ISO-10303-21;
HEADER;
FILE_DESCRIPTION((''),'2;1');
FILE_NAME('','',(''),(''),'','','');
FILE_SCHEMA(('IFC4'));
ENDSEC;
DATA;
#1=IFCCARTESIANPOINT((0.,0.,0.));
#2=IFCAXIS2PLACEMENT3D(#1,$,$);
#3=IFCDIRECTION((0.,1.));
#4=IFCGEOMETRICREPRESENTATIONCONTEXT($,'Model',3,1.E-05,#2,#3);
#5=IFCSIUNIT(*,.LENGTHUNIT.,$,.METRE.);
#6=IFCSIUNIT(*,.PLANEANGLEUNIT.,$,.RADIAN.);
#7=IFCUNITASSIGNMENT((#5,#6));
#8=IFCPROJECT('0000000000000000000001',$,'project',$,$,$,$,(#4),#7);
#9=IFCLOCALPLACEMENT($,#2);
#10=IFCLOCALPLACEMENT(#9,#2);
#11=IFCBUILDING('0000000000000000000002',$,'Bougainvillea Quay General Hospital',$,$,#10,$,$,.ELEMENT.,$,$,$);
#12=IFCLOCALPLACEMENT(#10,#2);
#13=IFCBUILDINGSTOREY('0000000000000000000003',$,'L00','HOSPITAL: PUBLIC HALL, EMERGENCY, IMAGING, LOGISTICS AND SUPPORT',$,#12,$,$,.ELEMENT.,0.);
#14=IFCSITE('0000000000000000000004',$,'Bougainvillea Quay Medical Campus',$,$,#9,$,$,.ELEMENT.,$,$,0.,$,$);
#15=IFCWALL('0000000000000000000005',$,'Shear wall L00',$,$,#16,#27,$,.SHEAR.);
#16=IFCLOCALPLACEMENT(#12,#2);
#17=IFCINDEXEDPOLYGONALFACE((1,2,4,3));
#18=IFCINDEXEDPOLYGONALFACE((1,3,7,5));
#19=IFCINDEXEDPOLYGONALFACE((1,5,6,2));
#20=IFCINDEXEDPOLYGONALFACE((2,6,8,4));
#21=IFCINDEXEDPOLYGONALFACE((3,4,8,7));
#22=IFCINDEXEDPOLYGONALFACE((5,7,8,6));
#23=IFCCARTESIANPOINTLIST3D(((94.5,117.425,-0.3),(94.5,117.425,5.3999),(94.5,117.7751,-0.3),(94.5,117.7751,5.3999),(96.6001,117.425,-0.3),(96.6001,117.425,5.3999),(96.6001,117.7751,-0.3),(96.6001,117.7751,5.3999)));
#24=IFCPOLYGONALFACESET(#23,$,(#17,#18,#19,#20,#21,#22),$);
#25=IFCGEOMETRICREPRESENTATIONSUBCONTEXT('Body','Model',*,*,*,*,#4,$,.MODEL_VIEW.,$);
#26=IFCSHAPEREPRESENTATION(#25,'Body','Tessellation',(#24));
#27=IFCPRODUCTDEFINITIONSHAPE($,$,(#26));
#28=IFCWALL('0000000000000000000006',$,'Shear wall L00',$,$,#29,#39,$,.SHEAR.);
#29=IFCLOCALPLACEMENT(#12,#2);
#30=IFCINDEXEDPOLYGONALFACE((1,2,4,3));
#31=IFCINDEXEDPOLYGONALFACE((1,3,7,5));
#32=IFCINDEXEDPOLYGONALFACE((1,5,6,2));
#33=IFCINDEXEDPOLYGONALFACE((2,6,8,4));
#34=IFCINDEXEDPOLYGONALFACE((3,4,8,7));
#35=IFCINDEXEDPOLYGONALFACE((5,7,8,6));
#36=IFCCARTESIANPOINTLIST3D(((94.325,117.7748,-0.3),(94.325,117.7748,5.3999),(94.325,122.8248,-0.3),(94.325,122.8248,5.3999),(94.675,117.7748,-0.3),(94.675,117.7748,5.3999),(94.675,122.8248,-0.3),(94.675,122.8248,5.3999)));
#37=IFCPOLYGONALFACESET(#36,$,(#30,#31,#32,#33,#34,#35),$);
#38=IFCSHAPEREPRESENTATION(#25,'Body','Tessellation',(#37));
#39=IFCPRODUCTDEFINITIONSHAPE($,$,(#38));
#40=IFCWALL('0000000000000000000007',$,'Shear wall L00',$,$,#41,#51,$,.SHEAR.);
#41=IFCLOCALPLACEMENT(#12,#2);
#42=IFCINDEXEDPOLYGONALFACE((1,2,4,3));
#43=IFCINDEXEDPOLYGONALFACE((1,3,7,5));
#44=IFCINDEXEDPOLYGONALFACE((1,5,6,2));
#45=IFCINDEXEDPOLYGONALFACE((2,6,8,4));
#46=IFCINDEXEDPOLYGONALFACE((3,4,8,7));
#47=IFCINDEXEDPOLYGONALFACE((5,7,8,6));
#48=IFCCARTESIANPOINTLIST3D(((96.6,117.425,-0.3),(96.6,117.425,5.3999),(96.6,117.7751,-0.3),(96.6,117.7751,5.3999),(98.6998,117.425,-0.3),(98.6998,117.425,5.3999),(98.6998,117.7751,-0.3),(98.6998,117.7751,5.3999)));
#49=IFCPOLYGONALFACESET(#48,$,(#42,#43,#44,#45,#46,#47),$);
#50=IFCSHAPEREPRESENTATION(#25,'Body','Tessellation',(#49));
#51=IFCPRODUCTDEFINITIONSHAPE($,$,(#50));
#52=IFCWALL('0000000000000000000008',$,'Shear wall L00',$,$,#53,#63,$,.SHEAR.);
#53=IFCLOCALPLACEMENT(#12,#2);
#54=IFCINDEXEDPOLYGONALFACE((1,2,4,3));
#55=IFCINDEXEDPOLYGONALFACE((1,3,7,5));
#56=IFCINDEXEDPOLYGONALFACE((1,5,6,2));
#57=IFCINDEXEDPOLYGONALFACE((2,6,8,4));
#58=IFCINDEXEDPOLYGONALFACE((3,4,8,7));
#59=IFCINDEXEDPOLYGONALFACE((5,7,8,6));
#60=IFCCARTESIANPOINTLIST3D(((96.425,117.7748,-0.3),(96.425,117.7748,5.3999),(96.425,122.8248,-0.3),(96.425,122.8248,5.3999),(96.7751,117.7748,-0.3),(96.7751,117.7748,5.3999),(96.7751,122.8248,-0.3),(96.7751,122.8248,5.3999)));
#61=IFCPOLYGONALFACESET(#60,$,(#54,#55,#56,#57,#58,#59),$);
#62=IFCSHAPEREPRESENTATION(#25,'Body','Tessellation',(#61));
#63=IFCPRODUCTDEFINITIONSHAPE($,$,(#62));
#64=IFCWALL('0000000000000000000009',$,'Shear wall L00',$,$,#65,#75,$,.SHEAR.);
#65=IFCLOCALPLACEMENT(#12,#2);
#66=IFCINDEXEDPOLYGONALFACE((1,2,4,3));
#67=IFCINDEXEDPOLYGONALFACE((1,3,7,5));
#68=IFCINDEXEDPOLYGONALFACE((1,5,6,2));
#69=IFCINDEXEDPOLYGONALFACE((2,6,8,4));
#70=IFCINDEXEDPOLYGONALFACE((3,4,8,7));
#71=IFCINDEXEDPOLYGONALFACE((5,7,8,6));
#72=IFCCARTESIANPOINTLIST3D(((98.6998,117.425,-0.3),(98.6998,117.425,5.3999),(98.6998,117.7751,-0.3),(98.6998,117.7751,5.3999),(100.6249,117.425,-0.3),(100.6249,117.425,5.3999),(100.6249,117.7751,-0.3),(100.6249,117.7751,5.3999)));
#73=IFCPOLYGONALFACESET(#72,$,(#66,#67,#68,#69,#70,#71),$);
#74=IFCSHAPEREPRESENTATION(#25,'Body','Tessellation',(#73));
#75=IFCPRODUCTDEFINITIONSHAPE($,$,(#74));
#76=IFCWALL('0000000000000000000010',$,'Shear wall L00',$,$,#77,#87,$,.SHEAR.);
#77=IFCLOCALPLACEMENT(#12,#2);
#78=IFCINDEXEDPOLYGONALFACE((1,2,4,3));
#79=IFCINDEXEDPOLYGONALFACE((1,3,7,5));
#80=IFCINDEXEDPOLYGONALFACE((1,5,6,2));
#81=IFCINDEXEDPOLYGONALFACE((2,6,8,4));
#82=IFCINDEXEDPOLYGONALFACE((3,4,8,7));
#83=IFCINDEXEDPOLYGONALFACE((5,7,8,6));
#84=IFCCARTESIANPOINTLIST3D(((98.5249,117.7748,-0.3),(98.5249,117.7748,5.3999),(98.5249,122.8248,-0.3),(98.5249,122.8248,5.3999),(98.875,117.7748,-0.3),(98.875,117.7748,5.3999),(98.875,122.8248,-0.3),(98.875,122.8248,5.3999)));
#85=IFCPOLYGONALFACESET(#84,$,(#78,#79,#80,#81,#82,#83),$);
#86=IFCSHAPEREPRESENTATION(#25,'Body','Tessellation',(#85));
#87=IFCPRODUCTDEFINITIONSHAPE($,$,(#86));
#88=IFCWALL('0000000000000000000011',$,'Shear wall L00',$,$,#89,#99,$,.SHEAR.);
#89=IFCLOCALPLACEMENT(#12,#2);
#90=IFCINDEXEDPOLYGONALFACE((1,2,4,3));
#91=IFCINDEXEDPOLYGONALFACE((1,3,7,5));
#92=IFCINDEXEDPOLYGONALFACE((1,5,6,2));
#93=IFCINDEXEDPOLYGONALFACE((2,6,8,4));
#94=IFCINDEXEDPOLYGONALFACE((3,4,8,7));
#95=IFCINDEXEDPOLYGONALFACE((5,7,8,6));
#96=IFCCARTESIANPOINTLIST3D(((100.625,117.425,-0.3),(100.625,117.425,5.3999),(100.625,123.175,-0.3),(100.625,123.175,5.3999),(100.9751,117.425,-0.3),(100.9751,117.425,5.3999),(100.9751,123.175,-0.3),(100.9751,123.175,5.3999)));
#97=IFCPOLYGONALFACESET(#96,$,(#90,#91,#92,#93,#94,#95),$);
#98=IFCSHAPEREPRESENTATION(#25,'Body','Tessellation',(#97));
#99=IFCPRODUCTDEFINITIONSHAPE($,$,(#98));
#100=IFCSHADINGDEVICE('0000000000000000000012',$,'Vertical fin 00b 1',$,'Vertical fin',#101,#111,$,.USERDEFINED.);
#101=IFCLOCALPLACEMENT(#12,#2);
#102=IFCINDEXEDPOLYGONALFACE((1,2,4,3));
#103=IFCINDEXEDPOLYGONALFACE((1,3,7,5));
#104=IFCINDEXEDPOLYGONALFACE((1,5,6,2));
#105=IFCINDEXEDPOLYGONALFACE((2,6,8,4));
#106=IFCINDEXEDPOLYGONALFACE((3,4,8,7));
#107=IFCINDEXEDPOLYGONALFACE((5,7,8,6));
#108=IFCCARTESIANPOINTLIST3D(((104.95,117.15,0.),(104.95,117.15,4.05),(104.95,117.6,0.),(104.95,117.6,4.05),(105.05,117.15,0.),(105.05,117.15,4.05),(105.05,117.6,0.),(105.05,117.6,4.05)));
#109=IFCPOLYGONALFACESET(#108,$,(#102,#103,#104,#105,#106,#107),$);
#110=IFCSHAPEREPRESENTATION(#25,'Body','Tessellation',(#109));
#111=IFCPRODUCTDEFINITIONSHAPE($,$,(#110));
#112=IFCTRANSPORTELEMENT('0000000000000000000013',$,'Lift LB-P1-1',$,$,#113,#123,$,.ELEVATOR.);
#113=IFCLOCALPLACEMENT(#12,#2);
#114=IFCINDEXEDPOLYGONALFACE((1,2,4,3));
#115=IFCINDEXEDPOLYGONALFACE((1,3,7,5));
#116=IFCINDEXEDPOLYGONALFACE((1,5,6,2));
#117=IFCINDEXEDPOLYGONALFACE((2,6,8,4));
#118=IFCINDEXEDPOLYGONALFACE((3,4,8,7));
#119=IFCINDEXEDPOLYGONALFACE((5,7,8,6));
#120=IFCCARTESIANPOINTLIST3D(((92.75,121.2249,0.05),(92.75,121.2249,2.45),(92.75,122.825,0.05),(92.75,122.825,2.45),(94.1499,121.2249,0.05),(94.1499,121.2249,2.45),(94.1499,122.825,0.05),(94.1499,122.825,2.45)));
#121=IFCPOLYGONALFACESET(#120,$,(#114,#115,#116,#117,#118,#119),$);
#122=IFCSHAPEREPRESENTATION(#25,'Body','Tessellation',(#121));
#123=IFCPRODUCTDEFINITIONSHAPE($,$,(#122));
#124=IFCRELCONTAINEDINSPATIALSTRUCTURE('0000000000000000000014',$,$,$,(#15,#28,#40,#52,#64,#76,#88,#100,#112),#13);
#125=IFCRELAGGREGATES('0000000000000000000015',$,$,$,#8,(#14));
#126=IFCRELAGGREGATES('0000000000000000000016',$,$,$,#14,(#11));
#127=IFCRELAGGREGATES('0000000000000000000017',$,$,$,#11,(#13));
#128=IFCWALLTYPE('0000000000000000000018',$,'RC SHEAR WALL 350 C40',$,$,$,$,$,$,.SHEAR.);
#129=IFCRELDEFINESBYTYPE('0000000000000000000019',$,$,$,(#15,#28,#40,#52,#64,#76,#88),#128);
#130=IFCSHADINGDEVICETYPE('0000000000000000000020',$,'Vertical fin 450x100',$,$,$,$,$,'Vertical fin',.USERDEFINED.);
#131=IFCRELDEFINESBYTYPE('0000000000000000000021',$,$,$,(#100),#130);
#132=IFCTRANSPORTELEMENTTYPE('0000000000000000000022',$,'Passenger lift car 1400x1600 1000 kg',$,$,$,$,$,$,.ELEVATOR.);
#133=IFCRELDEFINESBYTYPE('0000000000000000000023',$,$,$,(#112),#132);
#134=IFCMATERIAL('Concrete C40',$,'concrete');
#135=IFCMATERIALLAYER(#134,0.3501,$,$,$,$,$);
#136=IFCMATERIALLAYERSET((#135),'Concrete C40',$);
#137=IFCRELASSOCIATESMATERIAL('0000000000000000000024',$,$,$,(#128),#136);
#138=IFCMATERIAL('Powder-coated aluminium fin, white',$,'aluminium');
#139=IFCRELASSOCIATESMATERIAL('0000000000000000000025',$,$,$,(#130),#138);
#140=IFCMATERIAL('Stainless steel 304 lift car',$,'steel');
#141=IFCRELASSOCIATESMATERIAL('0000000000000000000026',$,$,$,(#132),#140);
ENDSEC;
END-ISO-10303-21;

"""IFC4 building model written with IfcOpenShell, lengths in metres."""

from ifc_helpers import new_model, si_unit, direction, frame, frame_2d, origin, origin_2d, place, context, subcontext, project, spatial, rectangle, extrude, material, layer, layer_set, material_profile, profile_set, type_object, element, save


model = new_model("IFC4")

# Units and contexts
model_context = context("Model", 3, precision=1e-05, world=origin(), true_north=direction((0.0, 1.0)))
body_context = subcontext(model_context, "Body", "Model", "MODEL_VIEW")
ifc_project = project(units=[si_unit("LENGTHUNIT", "METRE"), si_unit("PLANEANGLEUNIT", "RADIAN")], contexts=[model_context])

# Site, building, storey
site_placement = place(None, origin())
site = spatial("IfcSite", under=ifc_project, at=site_placement, Name="Bougainvillea Quay Medical Campus", CompositionType="ELEMENT", RefElevation=0.0)
building_placement = place(site_placement, origin())
building = spatial("IfcBuilding", under=site, at=building_placement, Name="Bougainvillea Quay General Hospital", CompositionType="ELEMENT")
storey_placement = place(building_placement, origin())
storey = spatial("IfcBuildingStorey", under=building, at=storey_placement, Name="L00", Description="HOSPITAL: PUBLIC HALL, EMERGENCY, IMAGING, LOGISTICS AND SUPPORT", CompositionType="ELEMENT", Elevation=0.0)

# Shared definitions
ifc_material_1 = material(Name="Concrete C40", Category="concrete")

# Walls
ifc_layer_1 = layer(ifc_material_1, 0.3501)
ifc_layer_set_1 = layer_set([ifc_layer_1], Name="Concrete C40")
wall_type_1 = type_object("IfcWallType", Name="RC SHEAR WALL 350 C40", PredefinedType="SHEAR", material=ifc_layer_set_1)
wall_1_placement = place(storey_placement, frame((94.5, 117.6001, -0.3), z_axis=(0.0, 0.0, 1.0), x_axis=(1.0, 0.0, 0.0)))
element("IfcWall", 1, at=wall_1_placement, inside=storey, type_object=wall_type_1, Name="Shear wall L00", PredefinedType="SHEAR", context=body_context, shape_type="SweptSolid", body=[
    extrude(rectangle(XDim=2.1001, YDim=0.3501, at=frame_2d((1.05, 0.0))), origin(), (0.0, 0.0, 1.0), 5.7),
])
wall_2_placement = place(storey_placement, frame((94.5, 117.7749, -0.3), z_axis=(0.0, 0.0, 1.0), x_axis=(0.0, 1.0, 0.0)))
element("IfcWall", 2, at=wall_2_placement, inside=storey, type_object=wall_type_1, Name="Shear wall L00", PredefinedType="SHEAR", context=body_context, shape_type="SweptSolid", body=[
    extrude(rectangle(XDim=5.05, YDim=0.3501, at=frame_2d((2.5249, 0.0))), origin(), (0.0, 0.0, 1.0), 5.7),
])
wall_3_placement = place(storey_placement, frame((96.6001, 117.6001, -0.3), z_axis=(0.0, 0.0, 1.0), x_axis=(1.0, 0.0, 0.0)))
element("IfcWall", 3, at=wall_3_placement, inside=storey, type_object=wall_type_1, Name="Shear wall L00", PredefinedType="SHEAR", context=body_context, shape_type="SweptSolid", body=[
    extrude(rectangle(XDim=2.0999, YDim=0.3501, at=frame_2d((1.0498, 0.0))), origin(), (0.0, 0.0, 1.0), 5.7),
])
wall_4_placement = place(storey_placement, frame((96.6001, 117.7749, -0.3), z_axis=(0.0, 0.0, 1.0), x_axis=(0.0, 1.0, 0.0)))
element("IfcWall", 4, at=wall_4_placement, inside=storey, type_object=wall_type_1, Name="Shear wall L00", PredefinedType="SHEAR", context=body_context, shape_type="SweptSolid", body=[
    extrude(rectangle(XDim=5.05, YDim=0.3501, at=frame_2d((2.5249, 0.0))), origin(), (0.0, 0.0, 1.0), 5.7),
])
wall_5_placement = place(storey_placement, frame((98.7, 117.6001, -0.3), z_axis=(0.0, 0.0, 1.0), x_axis=(1.0, 0.0, 0.0)))
element("IfcWall", 5, at=wall_5_placement, inside=storey, type_object=wall_type_1, Name="Shear wall L00", PredefinedType="SHEAR", context=body_context, shape_type="SweptSolid", body=[
    extrude(rectangle(XDim=1.925, YDim=0.3501, at=frame_2d((0.9624, 0.0))), origin(), (0.0, 0.0, 1.0), 5.7),
])
wall_6_placement = place(storey_placement, frame((98.7, 117.7749, -0.3), z_axis=(0.0, 0.0, 1.0), x_axis=(0.0, 1.0, 0.0)))
element("IfcWall", 6, at=wall_6_placement, inside=storey, type_object=wall_type_1, Name="Shear wall L00", PredefinedType="SHEAR", context=body_context, shape_type="SweptSolid", body=[
    extrude(rectangle(XDim=5.05, YDim=0.3501, at=frame_2d((2.5249, 0.0))), origin(), (0.0, 0.0, 1.0), 5.7),
])
wall_7_placement = place(storey_placement, frame((100.8, 117.425, -0.3), z_axis=(0.0, 0.0, 1.0), x_axis=(0.0, 1.0, 0.0)))
element("IfcWall", 7, at=wall_7_placement, inside=storey, type_object=wall_type_1, Name="Shear wall L00", PredefinedType="SHEAR", context=body_context, shape_type="SweptSolid", body=[
    extrude(rectangle(XDim=5.75, YDim=0.3501, at=frame_2d((2.875, 0.0))), origin(), (0.0, 0.0, 1.0), 5.7),
])

# Shading device
ifc_material_2 = material(Name="Powder-coated aluminium fin, white", Category="aluminium")
ifc_material_profile_1 = material_profile(ifc_material_2, rectangle(XDim=0.45, YDim=0.1001, at=origin_2d()))
ifc_profile_set_1 = profile_set([ifc_material_profile_1], Name="Powder-coated aluminium fin, white")
shading_device_type = type_object("IfcShadingDeviceType", Name="Vertical fin 450x100", ElementType="Vertical fin", PredefinedType="USERDEFINED", material=ifc_profile_set_1)
shading_device_placement = place(storey_placement, frame((105.0, 117.375, 0.0), z_axis=(0.0, 0.0, 1.0), x_axis=(0.0, -1.0, 0.0)))
element("IfcShadingDevice", 8, at=shading_device_placement, inside=storey, type_object=shading_device_type, Name="Vertical fin 00b 1", ObjectType="Vertical fin", PredefinedType="USERDEFINED", context=body_context, shape_type="SweptSolid", body=[
    extrude(rectangle(XDim=0.45, YDim=0.1001, at=origin_2d()), origin(), (0.0, 0.0, 1.0), 4.05),
])

# Transport element
ifc_material_3 = material(Name="Stainless steel 304 lift car", Category="steel")
transport_element_type = type_object("IfcTransportElementType", Name="Passenger lift car 1400x1600 1000 kg", PredefinedType="ELEVATOR", material=ifc_material_3)
transport_element_placement = place(storey_placement, frame((93.45, 122.0249, 0.05), z_axis=(0.0, 0.0, 1.0), x_axis=(-1.0, 0.0, 0.0)))
element("IfcTransportElement", 9, at=transport_element_placement, inside=storey, type_object=transport_element_type, Name="Lift LB-P1-1", PredefinedType="ELEVATOR", context=body_context, shape_type="SweptSolid", body=[
    extrude(rectangle(XDim=1.3999, YDim=1.6001, at=origin_2d()), origin(), (0.0, 0.0, 1.0), 2.3999),
])

save(model, "model.ifc")
